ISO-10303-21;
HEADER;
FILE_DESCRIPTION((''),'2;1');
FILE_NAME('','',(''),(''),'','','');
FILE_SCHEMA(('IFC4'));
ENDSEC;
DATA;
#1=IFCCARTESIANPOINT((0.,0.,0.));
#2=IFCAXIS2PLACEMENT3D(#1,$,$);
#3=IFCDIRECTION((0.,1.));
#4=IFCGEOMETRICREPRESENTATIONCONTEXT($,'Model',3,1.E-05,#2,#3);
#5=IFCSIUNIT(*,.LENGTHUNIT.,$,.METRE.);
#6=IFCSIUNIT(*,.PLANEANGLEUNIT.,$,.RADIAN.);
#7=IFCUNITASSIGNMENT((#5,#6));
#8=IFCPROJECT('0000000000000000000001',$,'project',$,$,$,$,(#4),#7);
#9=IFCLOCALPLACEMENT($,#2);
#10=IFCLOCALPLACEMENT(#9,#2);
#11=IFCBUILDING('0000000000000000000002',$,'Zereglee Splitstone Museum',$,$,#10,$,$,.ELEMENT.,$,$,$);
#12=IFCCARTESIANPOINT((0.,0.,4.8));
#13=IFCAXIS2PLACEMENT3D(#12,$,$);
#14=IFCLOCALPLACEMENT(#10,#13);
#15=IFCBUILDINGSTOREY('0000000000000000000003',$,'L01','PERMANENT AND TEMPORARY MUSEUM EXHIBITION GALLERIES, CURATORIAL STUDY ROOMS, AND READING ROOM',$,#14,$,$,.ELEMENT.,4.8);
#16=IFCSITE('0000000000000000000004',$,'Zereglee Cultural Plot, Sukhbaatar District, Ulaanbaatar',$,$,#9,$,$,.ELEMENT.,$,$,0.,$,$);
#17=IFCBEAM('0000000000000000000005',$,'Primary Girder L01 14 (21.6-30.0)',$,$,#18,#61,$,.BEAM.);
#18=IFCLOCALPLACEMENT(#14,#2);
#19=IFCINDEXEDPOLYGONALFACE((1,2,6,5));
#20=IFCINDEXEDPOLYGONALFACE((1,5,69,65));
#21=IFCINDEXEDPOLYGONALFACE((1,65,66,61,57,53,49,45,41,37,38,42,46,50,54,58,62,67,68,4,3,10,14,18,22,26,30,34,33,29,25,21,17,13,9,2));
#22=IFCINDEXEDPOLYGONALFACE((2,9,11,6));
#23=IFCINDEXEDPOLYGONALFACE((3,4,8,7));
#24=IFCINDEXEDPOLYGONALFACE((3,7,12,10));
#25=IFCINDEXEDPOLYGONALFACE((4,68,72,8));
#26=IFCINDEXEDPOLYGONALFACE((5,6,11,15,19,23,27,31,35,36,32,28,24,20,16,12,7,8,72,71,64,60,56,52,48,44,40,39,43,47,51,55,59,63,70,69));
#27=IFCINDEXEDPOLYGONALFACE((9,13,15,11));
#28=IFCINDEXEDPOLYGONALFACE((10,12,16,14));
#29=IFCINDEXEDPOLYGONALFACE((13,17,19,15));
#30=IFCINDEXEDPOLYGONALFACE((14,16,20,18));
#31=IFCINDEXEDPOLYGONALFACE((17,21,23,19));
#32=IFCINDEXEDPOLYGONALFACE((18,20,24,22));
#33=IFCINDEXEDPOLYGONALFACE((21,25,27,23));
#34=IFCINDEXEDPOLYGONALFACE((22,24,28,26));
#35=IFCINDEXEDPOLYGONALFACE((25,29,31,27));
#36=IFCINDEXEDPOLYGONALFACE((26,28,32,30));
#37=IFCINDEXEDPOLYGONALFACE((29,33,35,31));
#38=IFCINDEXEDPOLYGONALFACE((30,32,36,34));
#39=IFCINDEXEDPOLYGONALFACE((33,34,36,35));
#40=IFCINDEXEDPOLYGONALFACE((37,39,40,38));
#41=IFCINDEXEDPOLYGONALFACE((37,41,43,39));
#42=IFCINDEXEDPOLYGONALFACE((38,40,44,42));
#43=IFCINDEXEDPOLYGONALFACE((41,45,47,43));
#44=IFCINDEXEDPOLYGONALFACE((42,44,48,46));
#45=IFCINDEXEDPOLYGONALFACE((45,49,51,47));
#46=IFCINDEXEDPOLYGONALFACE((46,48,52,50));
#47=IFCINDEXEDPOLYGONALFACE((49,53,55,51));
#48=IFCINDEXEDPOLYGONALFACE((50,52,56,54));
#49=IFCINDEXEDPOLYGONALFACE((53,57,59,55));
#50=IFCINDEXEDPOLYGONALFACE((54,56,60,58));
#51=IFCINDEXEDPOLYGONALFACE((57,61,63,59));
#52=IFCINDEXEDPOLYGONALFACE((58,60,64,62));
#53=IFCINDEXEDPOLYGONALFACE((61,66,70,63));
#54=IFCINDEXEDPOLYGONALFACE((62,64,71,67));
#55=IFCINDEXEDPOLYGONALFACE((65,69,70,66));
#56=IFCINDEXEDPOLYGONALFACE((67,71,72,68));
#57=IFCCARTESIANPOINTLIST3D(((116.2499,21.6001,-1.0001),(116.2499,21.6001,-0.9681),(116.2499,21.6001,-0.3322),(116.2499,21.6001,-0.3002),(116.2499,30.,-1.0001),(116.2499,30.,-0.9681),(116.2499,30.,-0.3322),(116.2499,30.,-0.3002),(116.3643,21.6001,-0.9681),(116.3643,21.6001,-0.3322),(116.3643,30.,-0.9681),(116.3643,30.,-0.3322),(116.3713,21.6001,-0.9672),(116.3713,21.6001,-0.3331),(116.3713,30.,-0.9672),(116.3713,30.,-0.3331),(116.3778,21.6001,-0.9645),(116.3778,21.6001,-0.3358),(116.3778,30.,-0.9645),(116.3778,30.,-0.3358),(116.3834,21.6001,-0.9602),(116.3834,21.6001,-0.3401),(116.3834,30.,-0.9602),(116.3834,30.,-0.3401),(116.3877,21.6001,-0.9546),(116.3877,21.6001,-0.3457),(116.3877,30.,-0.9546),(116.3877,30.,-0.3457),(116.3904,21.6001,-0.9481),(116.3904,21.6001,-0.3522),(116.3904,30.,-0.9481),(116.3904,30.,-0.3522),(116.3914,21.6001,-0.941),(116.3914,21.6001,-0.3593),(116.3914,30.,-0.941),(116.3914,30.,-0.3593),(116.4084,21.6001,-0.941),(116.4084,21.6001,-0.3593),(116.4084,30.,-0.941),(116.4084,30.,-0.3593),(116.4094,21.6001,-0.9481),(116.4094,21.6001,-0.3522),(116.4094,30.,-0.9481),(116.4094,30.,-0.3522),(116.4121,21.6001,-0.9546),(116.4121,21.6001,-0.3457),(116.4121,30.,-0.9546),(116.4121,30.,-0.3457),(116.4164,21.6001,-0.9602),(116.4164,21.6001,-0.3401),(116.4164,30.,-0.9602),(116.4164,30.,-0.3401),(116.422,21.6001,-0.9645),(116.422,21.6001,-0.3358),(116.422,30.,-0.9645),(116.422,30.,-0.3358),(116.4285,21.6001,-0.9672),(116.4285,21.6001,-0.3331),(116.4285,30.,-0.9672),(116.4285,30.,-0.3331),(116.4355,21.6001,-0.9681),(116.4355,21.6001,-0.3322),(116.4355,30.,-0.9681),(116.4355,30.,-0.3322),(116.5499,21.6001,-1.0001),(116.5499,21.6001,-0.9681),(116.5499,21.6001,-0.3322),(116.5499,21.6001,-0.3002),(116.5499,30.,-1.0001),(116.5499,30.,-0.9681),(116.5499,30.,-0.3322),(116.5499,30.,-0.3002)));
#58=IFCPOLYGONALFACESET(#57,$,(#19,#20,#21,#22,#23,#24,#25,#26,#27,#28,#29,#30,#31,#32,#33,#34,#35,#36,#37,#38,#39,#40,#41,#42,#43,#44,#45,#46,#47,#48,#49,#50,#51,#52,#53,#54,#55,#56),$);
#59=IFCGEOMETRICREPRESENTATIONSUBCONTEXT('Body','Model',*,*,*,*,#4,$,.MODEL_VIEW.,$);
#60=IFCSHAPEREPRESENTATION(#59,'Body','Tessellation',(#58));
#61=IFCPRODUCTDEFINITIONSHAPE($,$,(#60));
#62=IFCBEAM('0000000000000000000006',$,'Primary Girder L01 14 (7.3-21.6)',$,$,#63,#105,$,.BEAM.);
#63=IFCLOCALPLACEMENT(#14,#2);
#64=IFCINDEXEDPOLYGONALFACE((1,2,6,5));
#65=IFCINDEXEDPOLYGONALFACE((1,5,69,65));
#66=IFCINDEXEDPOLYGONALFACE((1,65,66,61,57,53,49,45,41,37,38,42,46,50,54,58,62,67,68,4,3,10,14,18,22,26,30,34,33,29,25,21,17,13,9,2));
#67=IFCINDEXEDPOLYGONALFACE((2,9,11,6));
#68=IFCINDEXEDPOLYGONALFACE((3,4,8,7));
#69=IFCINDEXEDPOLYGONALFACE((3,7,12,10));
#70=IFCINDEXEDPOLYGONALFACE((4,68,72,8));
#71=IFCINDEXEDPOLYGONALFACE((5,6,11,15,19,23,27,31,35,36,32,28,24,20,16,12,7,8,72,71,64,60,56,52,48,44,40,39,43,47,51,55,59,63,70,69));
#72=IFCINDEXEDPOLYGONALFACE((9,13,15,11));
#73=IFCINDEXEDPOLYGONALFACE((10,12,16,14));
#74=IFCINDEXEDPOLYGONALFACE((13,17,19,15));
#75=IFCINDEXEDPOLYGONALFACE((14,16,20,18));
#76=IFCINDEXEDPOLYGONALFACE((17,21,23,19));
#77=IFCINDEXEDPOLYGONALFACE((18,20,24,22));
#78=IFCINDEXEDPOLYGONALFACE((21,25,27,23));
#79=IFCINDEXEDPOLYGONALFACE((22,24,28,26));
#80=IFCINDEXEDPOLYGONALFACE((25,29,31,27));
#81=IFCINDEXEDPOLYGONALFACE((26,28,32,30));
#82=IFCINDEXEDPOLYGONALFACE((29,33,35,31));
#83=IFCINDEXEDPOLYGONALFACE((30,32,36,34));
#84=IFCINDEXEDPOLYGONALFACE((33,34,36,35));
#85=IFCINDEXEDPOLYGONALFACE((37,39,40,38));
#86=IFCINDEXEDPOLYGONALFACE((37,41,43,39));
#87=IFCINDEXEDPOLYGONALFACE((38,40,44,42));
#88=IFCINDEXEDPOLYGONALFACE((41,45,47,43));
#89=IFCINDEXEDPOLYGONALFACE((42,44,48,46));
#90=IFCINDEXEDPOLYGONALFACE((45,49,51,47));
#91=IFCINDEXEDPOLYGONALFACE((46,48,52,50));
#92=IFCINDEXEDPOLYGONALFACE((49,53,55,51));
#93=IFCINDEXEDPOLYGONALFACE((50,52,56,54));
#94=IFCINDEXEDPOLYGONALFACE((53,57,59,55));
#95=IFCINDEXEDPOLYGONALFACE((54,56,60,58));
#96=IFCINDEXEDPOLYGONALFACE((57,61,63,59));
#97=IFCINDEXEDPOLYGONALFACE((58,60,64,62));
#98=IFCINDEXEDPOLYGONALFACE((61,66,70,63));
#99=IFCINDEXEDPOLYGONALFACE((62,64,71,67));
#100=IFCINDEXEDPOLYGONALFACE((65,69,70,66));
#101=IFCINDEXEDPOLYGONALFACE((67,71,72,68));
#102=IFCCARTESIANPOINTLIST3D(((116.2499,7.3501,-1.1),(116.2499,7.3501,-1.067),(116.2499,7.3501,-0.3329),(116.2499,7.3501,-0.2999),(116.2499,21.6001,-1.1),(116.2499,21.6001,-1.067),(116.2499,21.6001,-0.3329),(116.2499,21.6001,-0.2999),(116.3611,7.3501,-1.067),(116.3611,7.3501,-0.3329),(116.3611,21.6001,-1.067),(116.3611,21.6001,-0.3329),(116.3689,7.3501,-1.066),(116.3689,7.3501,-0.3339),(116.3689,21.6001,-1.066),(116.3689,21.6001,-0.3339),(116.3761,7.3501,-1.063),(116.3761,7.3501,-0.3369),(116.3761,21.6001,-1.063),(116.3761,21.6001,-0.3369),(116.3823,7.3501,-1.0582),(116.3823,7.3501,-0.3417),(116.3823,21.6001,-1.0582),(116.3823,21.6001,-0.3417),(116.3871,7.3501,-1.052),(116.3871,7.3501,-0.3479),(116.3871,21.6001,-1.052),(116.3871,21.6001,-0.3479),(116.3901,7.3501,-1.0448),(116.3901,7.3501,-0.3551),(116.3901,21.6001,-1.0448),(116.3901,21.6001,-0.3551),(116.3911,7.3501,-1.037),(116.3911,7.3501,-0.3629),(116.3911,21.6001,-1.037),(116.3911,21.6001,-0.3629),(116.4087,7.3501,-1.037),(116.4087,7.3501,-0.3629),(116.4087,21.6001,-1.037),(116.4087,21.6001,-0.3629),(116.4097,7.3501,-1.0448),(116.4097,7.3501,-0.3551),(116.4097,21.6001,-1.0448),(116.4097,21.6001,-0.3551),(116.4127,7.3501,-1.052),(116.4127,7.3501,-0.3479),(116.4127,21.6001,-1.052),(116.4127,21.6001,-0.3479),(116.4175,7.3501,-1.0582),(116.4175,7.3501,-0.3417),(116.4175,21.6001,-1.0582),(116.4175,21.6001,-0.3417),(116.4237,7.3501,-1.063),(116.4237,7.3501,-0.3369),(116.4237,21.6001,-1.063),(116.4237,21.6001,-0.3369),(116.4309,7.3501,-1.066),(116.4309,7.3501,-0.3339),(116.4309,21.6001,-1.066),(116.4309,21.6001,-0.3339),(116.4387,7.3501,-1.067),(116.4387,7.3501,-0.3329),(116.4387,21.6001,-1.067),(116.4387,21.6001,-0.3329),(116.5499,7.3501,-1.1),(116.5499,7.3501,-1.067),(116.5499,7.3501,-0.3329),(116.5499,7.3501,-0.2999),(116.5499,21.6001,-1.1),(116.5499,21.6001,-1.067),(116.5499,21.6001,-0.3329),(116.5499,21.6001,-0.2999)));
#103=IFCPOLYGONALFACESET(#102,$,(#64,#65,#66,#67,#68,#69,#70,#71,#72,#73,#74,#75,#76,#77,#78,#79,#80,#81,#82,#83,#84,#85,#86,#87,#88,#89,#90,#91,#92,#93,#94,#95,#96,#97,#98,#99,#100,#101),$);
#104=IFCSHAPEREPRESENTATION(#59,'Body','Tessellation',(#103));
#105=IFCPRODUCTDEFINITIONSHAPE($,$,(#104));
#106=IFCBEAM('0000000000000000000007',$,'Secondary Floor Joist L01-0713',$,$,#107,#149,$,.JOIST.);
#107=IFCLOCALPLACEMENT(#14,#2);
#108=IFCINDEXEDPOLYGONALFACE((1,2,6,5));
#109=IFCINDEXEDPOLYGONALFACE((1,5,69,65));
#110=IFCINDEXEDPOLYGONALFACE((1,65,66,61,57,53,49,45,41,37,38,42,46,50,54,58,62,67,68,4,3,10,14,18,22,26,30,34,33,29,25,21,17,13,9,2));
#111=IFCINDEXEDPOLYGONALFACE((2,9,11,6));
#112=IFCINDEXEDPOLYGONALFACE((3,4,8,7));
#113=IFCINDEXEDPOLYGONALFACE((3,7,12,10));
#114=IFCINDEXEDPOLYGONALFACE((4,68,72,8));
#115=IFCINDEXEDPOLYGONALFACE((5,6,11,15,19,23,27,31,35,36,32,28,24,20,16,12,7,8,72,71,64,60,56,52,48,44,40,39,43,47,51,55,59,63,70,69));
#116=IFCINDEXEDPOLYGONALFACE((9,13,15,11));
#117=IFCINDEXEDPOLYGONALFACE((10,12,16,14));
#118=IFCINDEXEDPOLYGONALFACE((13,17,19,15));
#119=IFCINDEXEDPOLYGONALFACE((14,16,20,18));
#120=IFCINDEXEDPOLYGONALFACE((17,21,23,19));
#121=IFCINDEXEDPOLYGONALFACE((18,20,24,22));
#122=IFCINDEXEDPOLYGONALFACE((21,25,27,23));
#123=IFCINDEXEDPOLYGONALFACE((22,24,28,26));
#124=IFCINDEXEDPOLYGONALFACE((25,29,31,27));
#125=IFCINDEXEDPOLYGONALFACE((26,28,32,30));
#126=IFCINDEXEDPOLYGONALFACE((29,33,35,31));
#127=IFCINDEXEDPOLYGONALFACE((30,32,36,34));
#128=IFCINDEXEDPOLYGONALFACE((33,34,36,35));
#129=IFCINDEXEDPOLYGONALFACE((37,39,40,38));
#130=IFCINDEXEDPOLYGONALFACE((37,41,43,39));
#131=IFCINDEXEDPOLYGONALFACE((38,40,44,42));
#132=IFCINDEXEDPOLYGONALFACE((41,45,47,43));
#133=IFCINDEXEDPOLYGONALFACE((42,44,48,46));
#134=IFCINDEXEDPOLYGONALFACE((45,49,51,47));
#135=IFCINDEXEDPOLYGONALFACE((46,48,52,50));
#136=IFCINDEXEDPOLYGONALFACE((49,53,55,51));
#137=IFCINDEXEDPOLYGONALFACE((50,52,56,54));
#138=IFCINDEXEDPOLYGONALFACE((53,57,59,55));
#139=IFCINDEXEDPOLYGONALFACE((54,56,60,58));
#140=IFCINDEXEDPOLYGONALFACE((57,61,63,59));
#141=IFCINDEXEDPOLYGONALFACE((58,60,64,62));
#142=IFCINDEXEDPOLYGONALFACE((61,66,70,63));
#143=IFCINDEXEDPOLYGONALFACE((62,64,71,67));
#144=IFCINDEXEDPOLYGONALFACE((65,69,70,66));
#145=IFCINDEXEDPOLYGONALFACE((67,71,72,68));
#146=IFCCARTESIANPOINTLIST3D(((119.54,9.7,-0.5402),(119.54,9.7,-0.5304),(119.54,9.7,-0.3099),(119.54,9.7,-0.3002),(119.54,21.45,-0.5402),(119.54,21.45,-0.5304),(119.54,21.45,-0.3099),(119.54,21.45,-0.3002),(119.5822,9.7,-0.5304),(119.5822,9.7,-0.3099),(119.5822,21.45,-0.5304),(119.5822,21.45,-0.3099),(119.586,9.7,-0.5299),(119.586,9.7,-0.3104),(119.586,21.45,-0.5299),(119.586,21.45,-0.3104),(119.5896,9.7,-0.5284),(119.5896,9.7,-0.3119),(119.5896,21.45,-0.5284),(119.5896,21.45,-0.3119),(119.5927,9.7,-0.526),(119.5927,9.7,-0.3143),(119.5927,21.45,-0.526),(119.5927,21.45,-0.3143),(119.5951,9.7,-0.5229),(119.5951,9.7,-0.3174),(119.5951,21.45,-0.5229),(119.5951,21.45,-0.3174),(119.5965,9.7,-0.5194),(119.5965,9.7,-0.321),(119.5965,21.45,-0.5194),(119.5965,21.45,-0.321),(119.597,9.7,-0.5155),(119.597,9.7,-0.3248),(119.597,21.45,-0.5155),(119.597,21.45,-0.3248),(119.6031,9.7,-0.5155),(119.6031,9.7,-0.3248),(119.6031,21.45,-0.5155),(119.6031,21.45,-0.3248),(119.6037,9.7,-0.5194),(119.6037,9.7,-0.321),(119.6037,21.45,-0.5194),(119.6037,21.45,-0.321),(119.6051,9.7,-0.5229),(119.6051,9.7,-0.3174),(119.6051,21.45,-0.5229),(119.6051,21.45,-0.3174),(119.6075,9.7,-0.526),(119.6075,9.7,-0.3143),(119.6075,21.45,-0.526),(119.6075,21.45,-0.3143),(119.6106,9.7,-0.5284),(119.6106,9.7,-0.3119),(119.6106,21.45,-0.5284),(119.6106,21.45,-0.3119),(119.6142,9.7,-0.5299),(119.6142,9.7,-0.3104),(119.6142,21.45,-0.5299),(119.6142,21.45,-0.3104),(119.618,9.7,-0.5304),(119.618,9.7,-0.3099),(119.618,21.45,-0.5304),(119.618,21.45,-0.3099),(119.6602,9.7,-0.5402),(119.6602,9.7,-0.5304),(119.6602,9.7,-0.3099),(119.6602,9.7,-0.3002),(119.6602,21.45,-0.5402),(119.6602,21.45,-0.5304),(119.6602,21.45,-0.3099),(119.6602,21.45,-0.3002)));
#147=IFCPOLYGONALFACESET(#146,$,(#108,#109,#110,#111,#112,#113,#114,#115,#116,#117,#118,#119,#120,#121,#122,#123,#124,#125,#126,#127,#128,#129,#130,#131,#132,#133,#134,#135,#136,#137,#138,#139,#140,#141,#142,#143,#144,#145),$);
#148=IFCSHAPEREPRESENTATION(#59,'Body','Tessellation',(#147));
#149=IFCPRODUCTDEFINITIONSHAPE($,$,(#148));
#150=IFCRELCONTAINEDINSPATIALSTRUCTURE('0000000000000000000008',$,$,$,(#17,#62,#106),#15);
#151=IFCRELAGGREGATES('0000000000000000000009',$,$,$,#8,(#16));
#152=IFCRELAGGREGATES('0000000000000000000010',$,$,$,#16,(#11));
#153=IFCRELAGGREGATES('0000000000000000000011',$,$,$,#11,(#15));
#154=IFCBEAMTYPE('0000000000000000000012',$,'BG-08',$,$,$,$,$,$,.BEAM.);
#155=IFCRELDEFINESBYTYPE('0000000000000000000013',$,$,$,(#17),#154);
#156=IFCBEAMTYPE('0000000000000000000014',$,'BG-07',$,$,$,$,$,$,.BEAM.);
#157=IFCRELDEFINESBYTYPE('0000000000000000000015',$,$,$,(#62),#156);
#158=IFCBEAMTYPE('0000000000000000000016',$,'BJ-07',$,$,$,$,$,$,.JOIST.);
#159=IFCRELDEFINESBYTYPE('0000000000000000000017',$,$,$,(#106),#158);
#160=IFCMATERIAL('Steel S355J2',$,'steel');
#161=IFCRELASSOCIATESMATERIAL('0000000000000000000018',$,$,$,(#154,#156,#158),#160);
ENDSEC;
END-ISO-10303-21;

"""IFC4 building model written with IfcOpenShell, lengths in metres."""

from ifc_helpers import new_model, si_unit, direction, frame, origin, origin_2d, place, context, subcontext, project, spatial, i_section, extrude, material, material_profile, profile_set, type_object, element, save


model = new_model("IFC4")

# Units and contexts
model_context = context("Model", 3, precision=1e-05, world=origin(), true_north=direction((0.0, 1.0)))
body_context = subcontext(model_context, "Body", "Model", "MODEL_VIEW")
ifc_project = project(units=[si_unit("LENGTHUNIT", "METRE"), si_unit("PLANEANGLEUNIT", "RADIAN")], contexts=[model_context])

# Site, building, storey
site_placement = place(None, origin())
site = spatial("IfcSite", under=ifc_project, at=site_placement, Name="Zereglee Cultural Plot, Sukhbaatar District, Ulaanbaatar", CompositionType="ELEMENT", RefElevation=0.0)
building_placement = place(site_placement, origin())
building = spatial("IfcBuilding", under=site, at=building_placement, Name="Zereglee Splitstone Museum", CompositionType="ELEMENT")
storey_placement = place(building_placement, frame((0.0, 0.0, 4.8)))
storey = spatial("IfcBuildingStorey", under=building, at=storey_placement, Name="L01", Description="PERMANENT AND TEMPORARY MUSEUM EXHIBITION GALLERIES, CURATORIAL STUDY ROOMS, AND READING ROOM", CompositionType="ELEMENT", Elevation=4.8)

# Shared definitions
ifc_material_1 = material(Name="Steel S355J2", Category="steel")

# Beams
ifc_material_profile_1 = material_profile(ifc_material_1, i_section(OverallWidth=0.3, OverallDepth=0.7, WebThickness=0.0171, FlangeThickness=0.032, FilletRadius=0.0271, at=origin_2d()), Name="HE 700 B")
ifc_profile_set_1 = profile_set([ifc_material_profile_1], Name="Steel S355J2")
beam_type_1 = type_object("IfcBeamType", Name="BG-08", PredefinedType="BEAM", material=ifc_profile_set_1)
beam_1_placement = place(storey_placement, frame((116.3999, 21.6001, -0.6501), z_axis=(0.0, 1.0, 0.0), x_axis=(-1.0, 0.0, 0.0)))
element("IfcBeam", 1, at=beam_1_placement, inside=storey, type_object=beam_type_1, Name="Primary Girder L01 14 (21.6-30.0)", PredefinedType="BEAM", context=body_context, shape_type="SweptSolid", body=[
    extrude(i_section(OverallWidth=0.3, OverallDepth=0.7, WebThickness=0.0171, FlangeThickness=0.032, FilletRadius=0.0271, at=origin_2d()), origin(), (0.0, 0.0, 1.0), 8.3999),
])
ifc_material_profile_2 = material_profile(ifc_material_1, i_section(OverallWidth=0.3, OverallDepth=0.8, WebThickness=0.0176, FlangeThickness=0.033, FilletRadius=0.03, at=origin_2d()), Name="HE 800 B")
ifc_profile_set_2 = profile_set([ifc_material_profile_2], Name="Steel S355J2")
beam_type_2 = type_object("IfcBeamType", Name="BG-07", PredefinedType="BEAM", material=ifc_profile_set_2)
beam_2_placement = place(storey_placement, frame((116.3999, 7.3501, -0.7), z_axis=(0.0, 1.0, 0.0), x_axis=(-1.0, 0.0, 0.0)))
element("IfcBeam", 2, at=beam_2_placement, inside=storey, type_object=beam_type_2, Name="Primary Girder L01 14 (7.3-21.6)", PredefinedType="BEAM", context=body_context, shape_type="SweptSolid", body=[
    extrude(i_section(OverallWidth=0.3, OverallDepth=0.8, WebThickness=0.0176, FlangeThickness=0.033, FilletRadius=0.03, at=origin_2d()), origin(), (0.0, 0.0, 1.0), 14.25),
])
ifc_material_profile_3 = material_profile(ifc_material_1, i_section(OverallWidth=0.1201, OverallDepth=0.24, WebThickness=0.0061, FlangeThickness=0.0098, FilletRadius=0.0149, at=origin_2d()), Name="IPE 240")
ifc_profile_set_3 = profile_set([ifc_material_profile_3], Name="Steel S355J2")
beam_type_3 = type_object("IfcBeamType", Name="BJ-07", PredefinedType="JOIST", material=ifc_profile_set_3)
beam_3_placement = place(storey_placement, frame((119.6001, 9.7, -0.4202), z_axis=(0.0, 1.0, 0.0), x_axis=(-1.0, 0.0, 0.0)))
element("IfcBeam", 3, at=beam_3_placement, inside=storey, type_object=beam_type_3, Name="Secondary Floor Joist L01-0713", PredefinedType="JOIST", context=body_context, shape_type="SweptSolid", body=[
    extrude(i_section(OverallWidth=0.1201, OverallDepth=0.24, WebThickness=0.0061, FlangeThickness=0.0098, FilletRadius=0.0149, at=origin_2d()), origin(), (0.0, 0.0, 1.0), 11.75),
])

save(model, "model.ifc")
